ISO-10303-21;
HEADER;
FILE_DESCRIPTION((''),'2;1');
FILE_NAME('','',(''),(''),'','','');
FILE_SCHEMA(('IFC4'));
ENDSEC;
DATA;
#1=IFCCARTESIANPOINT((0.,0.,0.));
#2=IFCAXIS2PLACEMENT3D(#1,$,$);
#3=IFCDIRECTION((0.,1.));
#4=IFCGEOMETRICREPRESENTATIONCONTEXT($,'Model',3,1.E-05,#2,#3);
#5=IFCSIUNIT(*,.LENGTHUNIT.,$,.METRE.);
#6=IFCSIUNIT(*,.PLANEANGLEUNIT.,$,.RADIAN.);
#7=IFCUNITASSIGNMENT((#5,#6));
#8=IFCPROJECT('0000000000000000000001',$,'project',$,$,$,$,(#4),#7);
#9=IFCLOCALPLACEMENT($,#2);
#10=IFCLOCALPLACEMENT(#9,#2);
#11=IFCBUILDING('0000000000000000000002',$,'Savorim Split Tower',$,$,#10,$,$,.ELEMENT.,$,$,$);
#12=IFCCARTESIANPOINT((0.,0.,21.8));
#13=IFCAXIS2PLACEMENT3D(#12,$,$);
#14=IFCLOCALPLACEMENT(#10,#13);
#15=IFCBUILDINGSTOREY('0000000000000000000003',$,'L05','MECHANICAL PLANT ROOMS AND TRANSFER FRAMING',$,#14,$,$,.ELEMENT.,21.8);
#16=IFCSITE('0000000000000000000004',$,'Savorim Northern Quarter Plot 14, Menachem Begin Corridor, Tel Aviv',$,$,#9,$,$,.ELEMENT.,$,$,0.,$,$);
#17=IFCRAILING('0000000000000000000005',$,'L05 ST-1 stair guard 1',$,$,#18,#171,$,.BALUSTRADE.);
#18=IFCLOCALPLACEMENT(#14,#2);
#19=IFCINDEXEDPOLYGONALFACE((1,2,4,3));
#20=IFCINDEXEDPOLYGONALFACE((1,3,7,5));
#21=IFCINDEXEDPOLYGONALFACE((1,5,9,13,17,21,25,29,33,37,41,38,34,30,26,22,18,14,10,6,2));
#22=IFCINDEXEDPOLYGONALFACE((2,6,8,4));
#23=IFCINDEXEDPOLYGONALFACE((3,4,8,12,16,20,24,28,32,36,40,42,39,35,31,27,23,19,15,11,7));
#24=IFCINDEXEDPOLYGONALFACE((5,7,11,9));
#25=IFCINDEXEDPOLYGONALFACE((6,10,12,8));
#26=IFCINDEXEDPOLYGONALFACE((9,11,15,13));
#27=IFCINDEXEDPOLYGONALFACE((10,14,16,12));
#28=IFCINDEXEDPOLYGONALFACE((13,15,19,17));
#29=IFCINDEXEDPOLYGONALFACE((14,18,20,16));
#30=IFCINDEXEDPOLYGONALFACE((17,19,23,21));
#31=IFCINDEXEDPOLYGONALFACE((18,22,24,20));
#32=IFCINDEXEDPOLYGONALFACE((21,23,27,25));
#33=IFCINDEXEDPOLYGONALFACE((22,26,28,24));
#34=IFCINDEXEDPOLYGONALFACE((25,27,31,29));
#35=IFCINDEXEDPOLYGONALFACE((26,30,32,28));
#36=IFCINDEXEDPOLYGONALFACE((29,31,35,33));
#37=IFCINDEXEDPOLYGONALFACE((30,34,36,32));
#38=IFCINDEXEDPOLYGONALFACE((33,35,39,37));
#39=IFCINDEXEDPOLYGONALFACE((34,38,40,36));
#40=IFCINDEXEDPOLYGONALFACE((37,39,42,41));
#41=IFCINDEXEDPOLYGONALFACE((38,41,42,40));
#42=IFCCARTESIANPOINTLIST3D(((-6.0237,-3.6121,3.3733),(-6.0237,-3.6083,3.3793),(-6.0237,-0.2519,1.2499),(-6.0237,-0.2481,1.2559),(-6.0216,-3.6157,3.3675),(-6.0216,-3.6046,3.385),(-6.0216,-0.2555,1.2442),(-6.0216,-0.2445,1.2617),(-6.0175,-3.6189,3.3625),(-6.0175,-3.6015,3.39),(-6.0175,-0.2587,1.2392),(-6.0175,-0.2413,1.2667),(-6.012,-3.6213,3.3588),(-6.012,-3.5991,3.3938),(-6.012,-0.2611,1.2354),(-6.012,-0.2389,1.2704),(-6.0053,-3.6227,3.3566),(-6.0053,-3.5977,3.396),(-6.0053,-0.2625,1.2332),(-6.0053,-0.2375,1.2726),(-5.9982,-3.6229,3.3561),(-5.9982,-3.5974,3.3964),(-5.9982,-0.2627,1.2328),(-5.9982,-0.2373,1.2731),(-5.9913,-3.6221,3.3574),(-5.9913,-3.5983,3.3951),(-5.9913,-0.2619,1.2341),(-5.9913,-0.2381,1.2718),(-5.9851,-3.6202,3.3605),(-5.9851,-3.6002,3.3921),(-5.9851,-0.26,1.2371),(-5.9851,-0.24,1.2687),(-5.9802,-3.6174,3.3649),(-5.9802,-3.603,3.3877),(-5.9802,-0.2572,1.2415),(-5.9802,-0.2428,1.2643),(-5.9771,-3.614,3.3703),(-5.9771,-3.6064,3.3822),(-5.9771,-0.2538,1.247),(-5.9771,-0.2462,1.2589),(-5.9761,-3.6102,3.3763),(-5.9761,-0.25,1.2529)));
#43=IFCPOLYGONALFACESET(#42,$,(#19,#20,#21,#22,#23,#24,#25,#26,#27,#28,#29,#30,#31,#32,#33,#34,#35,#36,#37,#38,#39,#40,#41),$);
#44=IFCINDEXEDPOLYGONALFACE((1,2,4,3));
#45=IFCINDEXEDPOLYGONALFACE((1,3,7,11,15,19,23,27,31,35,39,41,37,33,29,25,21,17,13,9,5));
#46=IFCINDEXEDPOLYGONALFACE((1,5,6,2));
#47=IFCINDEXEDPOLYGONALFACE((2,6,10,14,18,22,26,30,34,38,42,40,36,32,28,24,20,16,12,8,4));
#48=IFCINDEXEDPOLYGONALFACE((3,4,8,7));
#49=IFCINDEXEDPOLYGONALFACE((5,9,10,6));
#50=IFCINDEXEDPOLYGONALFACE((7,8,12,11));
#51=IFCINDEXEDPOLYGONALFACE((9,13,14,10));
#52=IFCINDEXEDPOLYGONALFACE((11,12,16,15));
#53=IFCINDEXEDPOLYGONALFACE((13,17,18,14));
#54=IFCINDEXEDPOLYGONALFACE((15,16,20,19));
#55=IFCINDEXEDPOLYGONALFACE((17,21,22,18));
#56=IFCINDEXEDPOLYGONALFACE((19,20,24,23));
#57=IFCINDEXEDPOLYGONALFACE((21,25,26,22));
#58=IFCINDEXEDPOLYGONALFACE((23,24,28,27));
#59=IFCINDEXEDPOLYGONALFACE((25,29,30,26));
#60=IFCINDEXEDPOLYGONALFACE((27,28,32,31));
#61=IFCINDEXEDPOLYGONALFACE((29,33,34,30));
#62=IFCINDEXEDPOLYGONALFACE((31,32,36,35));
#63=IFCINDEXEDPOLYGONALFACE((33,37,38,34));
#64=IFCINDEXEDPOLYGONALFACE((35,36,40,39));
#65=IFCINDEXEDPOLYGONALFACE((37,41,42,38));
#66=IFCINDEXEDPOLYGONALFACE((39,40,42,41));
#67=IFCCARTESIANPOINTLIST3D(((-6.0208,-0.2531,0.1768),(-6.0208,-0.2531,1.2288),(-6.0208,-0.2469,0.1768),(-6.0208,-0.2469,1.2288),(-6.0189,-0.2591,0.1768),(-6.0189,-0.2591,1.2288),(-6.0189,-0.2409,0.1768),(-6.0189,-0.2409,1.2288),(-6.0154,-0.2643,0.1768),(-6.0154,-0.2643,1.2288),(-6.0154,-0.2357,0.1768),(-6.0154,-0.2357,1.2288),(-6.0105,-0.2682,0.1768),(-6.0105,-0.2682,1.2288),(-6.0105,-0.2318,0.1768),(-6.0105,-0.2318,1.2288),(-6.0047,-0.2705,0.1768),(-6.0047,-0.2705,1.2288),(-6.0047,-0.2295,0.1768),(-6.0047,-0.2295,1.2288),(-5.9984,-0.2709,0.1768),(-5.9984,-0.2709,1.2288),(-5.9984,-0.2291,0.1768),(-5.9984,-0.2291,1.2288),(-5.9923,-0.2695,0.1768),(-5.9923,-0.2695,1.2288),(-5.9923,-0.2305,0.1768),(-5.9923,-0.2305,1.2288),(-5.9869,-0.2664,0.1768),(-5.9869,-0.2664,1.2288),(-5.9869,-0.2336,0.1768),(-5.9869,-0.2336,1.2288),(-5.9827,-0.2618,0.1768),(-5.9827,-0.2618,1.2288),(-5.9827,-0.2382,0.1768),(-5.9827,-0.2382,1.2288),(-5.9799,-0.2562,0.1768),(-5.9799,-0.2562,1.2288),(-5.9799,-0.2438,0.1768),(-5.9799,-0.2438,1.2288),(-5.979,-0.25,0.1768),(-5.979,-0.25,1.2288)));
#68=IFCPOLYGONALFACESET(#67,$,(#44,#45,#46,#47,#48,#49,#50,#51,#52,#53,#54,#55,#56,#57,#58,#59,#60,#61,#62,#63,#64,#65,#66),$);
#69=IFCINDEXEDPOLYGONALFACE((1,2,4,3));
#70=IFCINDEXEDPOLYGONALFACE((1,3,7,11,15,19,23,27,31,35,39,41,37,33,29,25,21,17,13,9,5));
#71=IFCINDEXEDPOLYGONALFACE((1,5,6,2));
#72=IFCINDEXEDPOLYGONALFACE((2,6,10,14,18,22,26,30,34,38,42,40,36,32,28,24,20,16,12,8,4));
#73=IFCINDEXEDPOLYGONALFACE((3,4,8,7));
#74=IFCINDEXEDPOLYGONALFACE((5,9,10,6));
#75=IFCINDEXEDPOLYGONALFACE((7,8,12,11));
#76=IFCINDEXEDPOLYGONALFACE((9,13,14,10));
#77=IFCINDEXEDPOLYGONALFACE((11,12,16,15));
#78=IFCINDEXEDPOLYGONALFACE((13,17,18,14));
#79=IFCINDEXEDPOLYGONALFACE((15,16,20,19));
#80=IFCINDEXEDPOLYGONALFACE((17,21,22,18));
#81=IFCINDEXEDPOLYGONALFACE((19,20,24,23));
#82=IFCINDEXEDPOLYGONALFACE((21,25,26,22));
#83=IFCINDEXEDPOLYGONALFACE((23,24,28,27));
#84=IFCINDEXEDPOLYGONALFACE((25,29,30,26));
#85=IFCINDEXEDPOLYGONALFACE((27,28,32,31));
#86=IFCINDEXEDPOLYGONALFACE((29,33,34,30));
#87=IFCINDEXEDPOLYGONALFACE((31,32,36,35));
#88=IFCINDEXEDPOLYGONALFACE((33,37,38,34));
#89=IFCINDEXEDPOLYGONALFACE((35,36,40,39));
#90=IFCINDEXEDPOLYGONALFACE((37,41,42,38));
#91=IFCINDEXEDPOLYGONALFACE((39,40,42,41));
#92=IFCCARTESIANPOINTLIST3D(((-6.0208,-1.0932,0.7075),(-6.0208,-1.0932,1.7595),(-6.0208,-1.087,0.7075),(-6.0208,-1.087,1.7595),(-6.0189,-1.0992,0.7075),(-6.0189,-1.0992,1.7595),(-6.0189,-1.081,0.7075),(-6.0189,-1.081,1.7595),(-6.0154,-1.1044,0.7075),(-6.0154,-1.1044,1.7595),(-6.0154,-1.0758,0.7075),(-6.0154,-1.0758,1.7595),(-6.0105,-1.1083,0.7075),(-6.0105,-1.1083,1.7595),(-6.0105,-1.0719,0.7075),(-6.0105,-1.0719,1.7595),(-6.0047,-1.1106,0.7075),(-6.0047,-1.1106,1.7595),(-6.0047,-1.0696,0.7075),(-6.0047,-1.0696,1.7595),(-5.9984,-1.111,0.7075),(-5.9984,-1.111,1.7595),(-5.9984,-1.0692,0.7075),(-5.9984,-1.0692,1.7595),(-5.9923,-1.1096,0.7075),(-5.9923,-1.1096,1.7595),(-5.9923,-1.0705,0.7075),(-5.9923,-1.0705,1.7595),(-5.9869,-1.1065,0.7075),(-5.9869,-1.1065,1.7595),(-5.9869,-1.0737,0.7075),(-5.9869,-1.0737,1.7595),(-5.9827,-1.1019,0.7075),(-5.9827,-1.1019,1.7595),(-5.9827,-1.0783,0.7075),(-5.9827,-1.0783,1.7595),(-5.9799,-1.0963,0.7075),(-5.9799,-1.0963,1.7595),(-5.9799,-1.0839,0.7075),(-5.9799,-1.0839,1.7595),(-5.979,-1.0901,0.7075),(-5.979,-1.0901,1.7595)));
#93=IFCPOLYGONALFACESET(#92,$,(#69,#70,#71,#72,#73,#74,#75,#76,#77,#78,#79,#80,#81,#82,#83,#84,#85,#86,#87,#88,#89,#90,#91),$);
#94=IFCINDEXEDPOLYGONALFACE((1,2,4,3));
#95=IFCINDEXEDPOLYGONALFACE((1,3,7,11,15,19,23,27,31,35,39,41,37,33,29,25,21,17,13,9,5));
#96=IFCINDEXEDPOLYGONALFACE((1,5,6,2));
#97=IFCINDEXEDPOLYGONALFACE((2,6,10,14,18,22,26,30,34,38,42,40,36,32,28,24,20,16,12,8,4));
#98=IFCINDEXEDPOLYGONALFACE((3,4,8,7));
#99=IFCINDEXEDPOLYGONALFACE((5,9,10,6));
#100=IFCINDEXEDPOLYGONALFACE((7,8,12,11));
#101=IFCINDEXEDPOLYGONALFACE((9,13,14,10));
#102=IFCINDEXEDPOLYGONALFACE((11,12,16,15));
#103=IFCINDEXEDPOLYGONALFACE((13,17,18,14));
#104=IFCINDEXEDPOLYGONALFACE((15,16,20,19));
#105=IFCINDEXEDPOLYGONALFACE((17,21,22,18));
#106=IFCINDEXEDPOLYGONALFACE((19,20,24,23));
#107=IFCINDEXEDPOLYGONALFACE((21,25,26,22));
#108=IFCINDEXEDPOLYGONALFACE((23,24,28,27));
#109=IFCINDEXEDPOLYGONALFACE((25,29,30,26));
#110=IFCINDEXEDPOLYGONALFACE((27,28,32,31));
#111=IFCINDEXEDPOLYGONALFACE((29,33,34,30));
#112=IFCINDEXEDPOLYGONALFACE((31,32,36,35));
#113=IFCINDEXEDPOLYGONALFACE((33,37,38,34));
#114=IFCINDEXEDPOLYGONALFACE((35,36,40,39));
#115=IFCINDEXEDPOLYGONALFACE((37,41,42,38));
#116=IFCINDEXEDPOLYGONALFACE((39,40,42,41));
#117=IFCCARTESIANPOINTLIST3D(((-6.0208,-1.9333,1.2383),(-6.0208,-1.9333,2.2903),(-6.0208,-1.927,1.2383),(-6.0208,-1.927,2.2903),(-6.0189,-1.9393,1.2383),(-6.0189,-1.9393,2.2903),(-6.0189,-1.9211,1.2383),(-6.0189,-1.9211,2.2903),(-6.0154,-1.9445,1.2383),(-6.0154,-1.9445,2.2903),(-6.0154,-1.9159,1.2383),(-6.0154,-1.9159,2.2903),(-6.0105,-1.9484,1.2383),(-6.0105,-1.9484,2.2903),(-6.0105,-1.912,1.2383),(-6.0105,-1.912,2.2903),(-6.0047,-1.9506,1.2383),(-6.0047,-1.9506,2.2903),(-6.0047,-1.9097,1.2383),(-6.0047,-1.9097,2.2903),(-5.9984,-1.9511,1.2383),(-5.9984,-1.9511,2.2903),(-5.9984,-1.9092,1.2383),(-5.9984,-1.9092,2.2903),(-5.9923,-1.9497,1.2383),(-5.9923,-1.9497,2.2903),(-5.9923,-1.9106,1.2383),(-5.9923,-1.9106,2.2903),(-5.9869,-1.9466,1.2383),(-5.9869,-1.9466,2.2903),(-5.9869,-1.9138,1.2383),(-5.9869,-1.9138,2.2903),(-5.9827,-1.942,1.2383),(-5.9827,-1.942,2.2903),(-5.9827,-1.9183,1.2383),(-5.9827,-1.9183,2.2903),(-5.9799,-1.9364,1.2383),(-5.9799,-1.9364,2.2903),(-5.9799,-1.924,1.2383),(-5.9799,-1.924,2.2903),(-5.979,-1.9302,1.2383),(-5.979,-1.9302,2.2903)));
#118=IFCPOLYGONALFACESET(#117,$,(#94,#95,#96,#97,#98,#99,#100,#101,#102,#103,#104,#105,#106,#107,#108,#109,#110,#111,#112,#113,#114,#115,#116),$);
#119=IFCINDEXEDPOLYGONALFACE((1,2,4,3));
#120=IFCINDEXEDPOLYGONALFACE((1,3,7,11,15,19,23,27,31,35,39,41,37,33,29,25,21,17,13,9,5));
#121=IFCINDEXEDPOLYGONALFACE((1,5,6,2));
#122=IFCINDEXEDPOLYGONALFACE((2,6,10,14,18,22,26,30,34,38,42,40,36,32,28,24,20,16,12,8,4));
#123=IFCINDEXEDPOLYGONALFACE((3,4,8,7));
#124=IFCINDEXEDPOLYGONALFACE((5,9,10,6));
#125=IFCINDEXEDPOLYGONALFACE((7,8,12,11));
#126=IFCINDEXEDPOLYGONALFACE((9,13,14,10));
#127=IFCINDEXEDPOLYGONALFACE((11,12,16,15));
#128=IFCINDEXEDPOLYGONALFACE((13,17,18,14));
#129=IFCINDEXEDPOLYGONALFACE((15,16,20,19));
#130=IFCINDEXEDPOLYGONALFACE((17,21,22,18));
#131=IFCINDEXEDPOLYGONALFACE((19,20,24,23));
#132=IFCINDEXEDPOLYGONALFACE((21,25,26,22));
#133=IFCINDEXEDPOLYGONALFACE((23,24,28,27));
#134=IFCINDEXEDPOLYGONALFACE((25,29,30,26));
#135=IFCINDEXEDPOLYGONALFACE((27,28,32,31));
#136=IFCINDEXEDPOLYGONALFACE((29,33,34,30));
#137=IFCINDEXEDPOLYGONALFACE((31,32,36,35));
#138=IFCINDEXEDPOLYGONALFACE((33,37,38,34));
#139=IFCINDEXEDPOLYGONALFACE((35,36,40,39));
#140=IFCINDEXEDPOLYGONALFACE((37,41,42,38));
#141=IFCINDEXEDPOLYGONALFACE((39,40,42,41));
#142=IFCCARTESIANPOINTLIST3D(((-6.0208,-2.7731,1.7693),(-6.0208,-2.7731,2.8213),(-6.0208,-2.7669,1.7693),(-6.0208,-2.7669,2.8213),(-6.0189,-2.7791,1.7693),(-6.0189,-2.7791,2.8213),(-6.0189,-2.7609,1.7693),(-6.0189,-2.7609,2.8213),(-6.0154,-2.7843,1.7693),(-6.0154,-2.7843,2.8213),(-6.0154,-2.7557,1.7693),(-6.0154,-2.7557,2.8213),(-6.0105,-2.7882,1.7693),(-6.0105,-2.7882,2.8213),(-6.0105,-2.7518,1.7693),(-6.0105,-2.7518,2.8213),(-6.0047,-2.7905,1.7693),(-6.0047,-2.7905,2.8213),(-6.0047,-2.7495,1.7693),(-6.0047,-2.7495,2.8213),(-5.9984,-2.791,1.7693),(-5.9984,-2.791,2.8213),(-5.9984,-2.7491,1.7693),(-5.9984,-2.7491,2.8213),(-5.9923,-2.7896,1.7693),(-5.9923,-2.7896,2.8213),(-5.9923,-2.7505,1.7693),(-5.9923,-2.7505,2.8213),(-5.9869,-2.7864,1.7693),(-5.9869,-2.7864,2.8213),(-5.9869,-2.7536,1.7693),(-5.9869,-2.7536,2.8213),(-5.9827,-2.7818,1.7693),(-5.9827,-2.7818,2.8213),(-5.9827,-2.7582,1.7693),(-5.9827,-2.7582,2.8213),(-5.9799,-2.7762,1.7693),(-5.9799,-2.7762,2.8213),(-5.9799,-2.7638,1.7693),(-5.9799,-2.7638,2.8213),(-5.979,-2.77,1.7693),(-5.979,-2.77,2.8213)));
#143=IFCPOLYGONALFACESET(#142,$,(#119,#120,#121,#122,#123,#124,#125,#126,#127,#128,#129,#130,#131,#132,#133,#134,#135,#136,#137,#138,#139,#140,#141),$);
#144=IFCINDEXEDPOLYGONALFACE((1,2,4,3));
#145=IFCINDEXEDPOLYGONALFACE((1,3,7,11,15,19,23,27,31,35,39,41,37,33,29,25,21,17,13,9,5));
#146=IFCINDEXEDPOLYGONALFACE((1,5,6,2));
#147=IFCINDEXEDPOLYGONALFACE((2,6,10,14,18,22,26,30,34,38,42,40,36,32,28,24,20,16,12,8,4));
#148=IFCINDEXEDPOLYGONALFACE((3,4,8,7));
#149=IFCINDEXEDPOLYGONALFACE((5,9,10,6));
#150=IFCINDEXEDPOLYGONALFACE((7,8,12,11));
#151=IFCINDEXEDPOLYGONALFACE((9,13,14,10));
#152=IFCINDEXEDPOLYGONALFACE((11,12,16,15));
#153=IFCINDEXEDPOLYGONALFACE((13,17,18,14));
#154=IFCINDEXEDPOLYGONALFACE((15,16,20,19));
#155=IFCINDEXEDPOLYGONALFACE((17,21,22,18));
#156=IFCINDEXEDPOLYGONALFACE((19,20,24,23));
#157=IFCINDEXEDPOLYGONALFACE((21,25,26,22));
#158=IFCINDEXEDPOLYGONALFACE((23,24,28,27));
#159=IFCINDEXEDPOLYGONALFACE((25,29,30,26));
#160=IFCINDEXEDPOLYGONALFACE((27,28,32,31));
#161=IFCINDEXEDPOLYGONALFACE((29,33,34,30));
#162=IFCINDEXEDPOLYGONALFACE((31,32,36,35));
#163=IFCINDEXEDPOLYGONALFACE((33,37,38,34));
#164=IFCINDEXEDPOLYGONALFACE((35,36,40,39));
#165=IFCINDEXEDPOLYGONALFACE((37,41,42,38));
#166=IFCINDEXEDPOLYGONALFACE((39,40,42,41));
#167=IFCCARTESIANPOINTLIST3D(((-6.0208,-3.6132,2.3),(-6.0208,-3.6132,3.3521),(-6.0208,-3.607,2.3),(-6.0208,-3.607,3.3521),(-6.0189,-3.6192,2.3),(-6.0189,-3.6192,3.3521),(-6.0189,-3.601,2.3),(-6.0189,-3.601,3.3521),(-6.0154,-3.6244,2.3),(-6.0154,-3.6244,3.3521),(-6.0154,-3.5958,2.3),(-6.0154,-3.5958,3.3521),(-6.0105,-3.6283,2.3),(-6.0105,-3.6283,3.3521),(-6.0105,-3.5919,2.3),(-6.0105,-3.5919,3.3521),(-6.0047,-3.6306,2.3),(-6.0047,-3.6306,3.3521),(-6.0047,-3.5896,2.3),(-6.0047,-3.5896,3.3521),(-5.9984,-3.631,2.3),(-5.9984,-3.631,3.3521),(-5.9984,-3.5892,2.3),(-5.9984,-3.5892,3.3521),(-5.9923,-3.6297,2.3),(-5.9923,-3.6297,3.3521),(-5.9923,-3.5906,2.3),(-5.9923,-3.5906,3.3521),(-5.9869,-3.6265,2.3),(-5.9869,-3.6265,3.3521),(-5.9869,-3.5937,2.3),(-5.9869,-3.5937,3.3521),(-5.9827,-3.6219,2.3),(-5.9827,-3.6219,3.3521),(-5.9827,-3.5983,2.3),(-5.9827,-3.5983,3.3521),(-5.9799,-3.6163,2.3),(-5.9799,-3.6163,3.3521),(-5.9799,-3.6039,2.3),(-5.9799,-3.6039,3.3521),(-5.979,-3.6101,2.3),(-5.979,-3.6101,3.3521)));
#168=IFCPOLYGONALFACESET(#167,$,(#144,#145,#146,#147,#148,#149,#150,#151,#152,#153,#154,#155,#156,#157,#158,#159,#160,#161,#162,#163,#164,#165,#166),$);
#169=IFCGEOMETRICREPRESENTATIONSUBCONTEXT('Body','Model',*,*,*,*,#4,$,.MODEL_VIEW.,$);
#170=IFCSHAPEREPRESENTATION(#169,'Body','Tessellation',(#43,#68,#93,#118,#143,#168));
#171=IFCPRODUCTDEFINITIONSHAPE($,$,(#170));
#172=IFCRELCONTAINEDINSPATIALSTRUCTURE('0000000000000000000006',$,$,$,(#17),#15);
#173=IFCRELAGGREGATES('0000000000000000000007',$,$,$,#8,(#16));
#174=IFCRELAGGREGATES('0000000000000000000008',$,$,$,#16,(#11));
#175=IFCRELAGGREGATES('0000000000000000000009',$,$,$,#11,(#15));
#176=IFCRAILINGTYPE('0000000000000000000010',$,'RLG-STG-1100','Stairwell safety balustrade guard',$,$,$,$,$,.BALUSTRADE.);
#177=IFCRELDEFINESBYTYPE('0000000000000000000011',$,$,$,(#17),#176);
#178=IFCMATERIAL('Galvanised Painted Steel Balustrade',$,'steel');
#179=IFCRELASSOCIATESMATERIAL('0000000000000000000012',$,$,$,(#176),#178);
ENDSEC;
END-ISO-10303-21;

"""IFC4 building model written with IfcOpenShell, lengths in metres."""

from ifc_helpers import new_model, si_unit, direction, frame, origin, origin_2d, place, context, subcontext, project, spatial, circle, extrude, material, type_object, element, save


model = new_model("IFC4")

# Units and contexts
model_context = context("Model", 3, precision=1e-05, world=origin(), true_north=direction((0.0, 1.0)))
body_context = subcontext(model_context, "Body", "Model", "MODEL_VIEW")
ifc_project = project(units=[si_unit("LENGTHUNIT", "METRE"), si_unit("PLANEANGLEUNIT", "RADIAN")], contexts=[model_context])

# Site, building, storey
site_placement = place(None, origin())
site = spatial("IfcSite", under=ifc_project, at=site_placement, Name="Savorim Northern Quarter Plot 14, Menachem Begin Corridor, Tel Aviv", CompositionType="ELEMENT", RefElevation=0.0)
building_placement = place(site_placement, origin())
building = spatial("IfcBuilding", under=site, at=building_placement, Name="Savorim Split Tower", CompositionType="ELEMENT")
storey_placement = place(building_placement, frame((0.0, 0.0, 21.8)))
storey = spatial("IfcBuildingStorey", under=building, at=storey_placement, Name="L05", Description="MECHANICAL PLANT ROOMS AND TRANSFER FRAMING", CompositionType="ELEMENT", Elevation=21.8)

# Railing
ifc_material_1 = material(Name="Galvanised Painted Steel Balustrade", Category="steel")
railing_type_1 = type_object("IfcRailingType", Name="RLG-STG-1100", Description="Stairwell safety balustrade guard", PredefinedType="BALUSTRADE", material=ifc_material_1)
railing_1_placement = place(storey_placement, frame((-6.0, -0.25, 0.1768)))
element("IfcRailing", 1, at=railing_1_placement, inside=storey, type_object=railing_type_1, Name="L05 ST-1 stair guard 1", PredefinedType="BALUSTRADE", context=body_context, shape_type="SweptSolid", body=[
    extrude(circle(Radius=0.0239, at=origin_2d()), frame((0.0, 0.0, 1.0762), z_axis=(0.0, -0.845362, 0.534194), x_axis=(1.0, 0.0, 0.0)), (0.0, 0.0, 1.0), 3.9749),
    extrude(circle(Radius=0.021, at=origin_2d()), origin(), (0.0, 0.0, 1.0), 1.052),
    extrude(circle(Radius=0.021, at=origin_2d()), frame((0.0, -0.8401, 0.5308)), (0.0, 0.0, 1.0), 1.052),
    extrude(circle(Radius=0.021, at=origin_2d()), frame((0.0, -1.6802, 1.0615)), (0.0, 0.0, 1.0), 1.052),
    extrude(circle(Radius=0.021, at=origin_2d()), frame((0.0, -2.52, 1.5925)), (0.0, 0.0, 1.0), 1.052),
    extrude(circle(Radius=0.021, at=origin_2d()), frame((0.0, -3.3601, 2.1233)), (0.0, 0.0, 1.0), 1.052),
])

save(model, "model.ifc")
